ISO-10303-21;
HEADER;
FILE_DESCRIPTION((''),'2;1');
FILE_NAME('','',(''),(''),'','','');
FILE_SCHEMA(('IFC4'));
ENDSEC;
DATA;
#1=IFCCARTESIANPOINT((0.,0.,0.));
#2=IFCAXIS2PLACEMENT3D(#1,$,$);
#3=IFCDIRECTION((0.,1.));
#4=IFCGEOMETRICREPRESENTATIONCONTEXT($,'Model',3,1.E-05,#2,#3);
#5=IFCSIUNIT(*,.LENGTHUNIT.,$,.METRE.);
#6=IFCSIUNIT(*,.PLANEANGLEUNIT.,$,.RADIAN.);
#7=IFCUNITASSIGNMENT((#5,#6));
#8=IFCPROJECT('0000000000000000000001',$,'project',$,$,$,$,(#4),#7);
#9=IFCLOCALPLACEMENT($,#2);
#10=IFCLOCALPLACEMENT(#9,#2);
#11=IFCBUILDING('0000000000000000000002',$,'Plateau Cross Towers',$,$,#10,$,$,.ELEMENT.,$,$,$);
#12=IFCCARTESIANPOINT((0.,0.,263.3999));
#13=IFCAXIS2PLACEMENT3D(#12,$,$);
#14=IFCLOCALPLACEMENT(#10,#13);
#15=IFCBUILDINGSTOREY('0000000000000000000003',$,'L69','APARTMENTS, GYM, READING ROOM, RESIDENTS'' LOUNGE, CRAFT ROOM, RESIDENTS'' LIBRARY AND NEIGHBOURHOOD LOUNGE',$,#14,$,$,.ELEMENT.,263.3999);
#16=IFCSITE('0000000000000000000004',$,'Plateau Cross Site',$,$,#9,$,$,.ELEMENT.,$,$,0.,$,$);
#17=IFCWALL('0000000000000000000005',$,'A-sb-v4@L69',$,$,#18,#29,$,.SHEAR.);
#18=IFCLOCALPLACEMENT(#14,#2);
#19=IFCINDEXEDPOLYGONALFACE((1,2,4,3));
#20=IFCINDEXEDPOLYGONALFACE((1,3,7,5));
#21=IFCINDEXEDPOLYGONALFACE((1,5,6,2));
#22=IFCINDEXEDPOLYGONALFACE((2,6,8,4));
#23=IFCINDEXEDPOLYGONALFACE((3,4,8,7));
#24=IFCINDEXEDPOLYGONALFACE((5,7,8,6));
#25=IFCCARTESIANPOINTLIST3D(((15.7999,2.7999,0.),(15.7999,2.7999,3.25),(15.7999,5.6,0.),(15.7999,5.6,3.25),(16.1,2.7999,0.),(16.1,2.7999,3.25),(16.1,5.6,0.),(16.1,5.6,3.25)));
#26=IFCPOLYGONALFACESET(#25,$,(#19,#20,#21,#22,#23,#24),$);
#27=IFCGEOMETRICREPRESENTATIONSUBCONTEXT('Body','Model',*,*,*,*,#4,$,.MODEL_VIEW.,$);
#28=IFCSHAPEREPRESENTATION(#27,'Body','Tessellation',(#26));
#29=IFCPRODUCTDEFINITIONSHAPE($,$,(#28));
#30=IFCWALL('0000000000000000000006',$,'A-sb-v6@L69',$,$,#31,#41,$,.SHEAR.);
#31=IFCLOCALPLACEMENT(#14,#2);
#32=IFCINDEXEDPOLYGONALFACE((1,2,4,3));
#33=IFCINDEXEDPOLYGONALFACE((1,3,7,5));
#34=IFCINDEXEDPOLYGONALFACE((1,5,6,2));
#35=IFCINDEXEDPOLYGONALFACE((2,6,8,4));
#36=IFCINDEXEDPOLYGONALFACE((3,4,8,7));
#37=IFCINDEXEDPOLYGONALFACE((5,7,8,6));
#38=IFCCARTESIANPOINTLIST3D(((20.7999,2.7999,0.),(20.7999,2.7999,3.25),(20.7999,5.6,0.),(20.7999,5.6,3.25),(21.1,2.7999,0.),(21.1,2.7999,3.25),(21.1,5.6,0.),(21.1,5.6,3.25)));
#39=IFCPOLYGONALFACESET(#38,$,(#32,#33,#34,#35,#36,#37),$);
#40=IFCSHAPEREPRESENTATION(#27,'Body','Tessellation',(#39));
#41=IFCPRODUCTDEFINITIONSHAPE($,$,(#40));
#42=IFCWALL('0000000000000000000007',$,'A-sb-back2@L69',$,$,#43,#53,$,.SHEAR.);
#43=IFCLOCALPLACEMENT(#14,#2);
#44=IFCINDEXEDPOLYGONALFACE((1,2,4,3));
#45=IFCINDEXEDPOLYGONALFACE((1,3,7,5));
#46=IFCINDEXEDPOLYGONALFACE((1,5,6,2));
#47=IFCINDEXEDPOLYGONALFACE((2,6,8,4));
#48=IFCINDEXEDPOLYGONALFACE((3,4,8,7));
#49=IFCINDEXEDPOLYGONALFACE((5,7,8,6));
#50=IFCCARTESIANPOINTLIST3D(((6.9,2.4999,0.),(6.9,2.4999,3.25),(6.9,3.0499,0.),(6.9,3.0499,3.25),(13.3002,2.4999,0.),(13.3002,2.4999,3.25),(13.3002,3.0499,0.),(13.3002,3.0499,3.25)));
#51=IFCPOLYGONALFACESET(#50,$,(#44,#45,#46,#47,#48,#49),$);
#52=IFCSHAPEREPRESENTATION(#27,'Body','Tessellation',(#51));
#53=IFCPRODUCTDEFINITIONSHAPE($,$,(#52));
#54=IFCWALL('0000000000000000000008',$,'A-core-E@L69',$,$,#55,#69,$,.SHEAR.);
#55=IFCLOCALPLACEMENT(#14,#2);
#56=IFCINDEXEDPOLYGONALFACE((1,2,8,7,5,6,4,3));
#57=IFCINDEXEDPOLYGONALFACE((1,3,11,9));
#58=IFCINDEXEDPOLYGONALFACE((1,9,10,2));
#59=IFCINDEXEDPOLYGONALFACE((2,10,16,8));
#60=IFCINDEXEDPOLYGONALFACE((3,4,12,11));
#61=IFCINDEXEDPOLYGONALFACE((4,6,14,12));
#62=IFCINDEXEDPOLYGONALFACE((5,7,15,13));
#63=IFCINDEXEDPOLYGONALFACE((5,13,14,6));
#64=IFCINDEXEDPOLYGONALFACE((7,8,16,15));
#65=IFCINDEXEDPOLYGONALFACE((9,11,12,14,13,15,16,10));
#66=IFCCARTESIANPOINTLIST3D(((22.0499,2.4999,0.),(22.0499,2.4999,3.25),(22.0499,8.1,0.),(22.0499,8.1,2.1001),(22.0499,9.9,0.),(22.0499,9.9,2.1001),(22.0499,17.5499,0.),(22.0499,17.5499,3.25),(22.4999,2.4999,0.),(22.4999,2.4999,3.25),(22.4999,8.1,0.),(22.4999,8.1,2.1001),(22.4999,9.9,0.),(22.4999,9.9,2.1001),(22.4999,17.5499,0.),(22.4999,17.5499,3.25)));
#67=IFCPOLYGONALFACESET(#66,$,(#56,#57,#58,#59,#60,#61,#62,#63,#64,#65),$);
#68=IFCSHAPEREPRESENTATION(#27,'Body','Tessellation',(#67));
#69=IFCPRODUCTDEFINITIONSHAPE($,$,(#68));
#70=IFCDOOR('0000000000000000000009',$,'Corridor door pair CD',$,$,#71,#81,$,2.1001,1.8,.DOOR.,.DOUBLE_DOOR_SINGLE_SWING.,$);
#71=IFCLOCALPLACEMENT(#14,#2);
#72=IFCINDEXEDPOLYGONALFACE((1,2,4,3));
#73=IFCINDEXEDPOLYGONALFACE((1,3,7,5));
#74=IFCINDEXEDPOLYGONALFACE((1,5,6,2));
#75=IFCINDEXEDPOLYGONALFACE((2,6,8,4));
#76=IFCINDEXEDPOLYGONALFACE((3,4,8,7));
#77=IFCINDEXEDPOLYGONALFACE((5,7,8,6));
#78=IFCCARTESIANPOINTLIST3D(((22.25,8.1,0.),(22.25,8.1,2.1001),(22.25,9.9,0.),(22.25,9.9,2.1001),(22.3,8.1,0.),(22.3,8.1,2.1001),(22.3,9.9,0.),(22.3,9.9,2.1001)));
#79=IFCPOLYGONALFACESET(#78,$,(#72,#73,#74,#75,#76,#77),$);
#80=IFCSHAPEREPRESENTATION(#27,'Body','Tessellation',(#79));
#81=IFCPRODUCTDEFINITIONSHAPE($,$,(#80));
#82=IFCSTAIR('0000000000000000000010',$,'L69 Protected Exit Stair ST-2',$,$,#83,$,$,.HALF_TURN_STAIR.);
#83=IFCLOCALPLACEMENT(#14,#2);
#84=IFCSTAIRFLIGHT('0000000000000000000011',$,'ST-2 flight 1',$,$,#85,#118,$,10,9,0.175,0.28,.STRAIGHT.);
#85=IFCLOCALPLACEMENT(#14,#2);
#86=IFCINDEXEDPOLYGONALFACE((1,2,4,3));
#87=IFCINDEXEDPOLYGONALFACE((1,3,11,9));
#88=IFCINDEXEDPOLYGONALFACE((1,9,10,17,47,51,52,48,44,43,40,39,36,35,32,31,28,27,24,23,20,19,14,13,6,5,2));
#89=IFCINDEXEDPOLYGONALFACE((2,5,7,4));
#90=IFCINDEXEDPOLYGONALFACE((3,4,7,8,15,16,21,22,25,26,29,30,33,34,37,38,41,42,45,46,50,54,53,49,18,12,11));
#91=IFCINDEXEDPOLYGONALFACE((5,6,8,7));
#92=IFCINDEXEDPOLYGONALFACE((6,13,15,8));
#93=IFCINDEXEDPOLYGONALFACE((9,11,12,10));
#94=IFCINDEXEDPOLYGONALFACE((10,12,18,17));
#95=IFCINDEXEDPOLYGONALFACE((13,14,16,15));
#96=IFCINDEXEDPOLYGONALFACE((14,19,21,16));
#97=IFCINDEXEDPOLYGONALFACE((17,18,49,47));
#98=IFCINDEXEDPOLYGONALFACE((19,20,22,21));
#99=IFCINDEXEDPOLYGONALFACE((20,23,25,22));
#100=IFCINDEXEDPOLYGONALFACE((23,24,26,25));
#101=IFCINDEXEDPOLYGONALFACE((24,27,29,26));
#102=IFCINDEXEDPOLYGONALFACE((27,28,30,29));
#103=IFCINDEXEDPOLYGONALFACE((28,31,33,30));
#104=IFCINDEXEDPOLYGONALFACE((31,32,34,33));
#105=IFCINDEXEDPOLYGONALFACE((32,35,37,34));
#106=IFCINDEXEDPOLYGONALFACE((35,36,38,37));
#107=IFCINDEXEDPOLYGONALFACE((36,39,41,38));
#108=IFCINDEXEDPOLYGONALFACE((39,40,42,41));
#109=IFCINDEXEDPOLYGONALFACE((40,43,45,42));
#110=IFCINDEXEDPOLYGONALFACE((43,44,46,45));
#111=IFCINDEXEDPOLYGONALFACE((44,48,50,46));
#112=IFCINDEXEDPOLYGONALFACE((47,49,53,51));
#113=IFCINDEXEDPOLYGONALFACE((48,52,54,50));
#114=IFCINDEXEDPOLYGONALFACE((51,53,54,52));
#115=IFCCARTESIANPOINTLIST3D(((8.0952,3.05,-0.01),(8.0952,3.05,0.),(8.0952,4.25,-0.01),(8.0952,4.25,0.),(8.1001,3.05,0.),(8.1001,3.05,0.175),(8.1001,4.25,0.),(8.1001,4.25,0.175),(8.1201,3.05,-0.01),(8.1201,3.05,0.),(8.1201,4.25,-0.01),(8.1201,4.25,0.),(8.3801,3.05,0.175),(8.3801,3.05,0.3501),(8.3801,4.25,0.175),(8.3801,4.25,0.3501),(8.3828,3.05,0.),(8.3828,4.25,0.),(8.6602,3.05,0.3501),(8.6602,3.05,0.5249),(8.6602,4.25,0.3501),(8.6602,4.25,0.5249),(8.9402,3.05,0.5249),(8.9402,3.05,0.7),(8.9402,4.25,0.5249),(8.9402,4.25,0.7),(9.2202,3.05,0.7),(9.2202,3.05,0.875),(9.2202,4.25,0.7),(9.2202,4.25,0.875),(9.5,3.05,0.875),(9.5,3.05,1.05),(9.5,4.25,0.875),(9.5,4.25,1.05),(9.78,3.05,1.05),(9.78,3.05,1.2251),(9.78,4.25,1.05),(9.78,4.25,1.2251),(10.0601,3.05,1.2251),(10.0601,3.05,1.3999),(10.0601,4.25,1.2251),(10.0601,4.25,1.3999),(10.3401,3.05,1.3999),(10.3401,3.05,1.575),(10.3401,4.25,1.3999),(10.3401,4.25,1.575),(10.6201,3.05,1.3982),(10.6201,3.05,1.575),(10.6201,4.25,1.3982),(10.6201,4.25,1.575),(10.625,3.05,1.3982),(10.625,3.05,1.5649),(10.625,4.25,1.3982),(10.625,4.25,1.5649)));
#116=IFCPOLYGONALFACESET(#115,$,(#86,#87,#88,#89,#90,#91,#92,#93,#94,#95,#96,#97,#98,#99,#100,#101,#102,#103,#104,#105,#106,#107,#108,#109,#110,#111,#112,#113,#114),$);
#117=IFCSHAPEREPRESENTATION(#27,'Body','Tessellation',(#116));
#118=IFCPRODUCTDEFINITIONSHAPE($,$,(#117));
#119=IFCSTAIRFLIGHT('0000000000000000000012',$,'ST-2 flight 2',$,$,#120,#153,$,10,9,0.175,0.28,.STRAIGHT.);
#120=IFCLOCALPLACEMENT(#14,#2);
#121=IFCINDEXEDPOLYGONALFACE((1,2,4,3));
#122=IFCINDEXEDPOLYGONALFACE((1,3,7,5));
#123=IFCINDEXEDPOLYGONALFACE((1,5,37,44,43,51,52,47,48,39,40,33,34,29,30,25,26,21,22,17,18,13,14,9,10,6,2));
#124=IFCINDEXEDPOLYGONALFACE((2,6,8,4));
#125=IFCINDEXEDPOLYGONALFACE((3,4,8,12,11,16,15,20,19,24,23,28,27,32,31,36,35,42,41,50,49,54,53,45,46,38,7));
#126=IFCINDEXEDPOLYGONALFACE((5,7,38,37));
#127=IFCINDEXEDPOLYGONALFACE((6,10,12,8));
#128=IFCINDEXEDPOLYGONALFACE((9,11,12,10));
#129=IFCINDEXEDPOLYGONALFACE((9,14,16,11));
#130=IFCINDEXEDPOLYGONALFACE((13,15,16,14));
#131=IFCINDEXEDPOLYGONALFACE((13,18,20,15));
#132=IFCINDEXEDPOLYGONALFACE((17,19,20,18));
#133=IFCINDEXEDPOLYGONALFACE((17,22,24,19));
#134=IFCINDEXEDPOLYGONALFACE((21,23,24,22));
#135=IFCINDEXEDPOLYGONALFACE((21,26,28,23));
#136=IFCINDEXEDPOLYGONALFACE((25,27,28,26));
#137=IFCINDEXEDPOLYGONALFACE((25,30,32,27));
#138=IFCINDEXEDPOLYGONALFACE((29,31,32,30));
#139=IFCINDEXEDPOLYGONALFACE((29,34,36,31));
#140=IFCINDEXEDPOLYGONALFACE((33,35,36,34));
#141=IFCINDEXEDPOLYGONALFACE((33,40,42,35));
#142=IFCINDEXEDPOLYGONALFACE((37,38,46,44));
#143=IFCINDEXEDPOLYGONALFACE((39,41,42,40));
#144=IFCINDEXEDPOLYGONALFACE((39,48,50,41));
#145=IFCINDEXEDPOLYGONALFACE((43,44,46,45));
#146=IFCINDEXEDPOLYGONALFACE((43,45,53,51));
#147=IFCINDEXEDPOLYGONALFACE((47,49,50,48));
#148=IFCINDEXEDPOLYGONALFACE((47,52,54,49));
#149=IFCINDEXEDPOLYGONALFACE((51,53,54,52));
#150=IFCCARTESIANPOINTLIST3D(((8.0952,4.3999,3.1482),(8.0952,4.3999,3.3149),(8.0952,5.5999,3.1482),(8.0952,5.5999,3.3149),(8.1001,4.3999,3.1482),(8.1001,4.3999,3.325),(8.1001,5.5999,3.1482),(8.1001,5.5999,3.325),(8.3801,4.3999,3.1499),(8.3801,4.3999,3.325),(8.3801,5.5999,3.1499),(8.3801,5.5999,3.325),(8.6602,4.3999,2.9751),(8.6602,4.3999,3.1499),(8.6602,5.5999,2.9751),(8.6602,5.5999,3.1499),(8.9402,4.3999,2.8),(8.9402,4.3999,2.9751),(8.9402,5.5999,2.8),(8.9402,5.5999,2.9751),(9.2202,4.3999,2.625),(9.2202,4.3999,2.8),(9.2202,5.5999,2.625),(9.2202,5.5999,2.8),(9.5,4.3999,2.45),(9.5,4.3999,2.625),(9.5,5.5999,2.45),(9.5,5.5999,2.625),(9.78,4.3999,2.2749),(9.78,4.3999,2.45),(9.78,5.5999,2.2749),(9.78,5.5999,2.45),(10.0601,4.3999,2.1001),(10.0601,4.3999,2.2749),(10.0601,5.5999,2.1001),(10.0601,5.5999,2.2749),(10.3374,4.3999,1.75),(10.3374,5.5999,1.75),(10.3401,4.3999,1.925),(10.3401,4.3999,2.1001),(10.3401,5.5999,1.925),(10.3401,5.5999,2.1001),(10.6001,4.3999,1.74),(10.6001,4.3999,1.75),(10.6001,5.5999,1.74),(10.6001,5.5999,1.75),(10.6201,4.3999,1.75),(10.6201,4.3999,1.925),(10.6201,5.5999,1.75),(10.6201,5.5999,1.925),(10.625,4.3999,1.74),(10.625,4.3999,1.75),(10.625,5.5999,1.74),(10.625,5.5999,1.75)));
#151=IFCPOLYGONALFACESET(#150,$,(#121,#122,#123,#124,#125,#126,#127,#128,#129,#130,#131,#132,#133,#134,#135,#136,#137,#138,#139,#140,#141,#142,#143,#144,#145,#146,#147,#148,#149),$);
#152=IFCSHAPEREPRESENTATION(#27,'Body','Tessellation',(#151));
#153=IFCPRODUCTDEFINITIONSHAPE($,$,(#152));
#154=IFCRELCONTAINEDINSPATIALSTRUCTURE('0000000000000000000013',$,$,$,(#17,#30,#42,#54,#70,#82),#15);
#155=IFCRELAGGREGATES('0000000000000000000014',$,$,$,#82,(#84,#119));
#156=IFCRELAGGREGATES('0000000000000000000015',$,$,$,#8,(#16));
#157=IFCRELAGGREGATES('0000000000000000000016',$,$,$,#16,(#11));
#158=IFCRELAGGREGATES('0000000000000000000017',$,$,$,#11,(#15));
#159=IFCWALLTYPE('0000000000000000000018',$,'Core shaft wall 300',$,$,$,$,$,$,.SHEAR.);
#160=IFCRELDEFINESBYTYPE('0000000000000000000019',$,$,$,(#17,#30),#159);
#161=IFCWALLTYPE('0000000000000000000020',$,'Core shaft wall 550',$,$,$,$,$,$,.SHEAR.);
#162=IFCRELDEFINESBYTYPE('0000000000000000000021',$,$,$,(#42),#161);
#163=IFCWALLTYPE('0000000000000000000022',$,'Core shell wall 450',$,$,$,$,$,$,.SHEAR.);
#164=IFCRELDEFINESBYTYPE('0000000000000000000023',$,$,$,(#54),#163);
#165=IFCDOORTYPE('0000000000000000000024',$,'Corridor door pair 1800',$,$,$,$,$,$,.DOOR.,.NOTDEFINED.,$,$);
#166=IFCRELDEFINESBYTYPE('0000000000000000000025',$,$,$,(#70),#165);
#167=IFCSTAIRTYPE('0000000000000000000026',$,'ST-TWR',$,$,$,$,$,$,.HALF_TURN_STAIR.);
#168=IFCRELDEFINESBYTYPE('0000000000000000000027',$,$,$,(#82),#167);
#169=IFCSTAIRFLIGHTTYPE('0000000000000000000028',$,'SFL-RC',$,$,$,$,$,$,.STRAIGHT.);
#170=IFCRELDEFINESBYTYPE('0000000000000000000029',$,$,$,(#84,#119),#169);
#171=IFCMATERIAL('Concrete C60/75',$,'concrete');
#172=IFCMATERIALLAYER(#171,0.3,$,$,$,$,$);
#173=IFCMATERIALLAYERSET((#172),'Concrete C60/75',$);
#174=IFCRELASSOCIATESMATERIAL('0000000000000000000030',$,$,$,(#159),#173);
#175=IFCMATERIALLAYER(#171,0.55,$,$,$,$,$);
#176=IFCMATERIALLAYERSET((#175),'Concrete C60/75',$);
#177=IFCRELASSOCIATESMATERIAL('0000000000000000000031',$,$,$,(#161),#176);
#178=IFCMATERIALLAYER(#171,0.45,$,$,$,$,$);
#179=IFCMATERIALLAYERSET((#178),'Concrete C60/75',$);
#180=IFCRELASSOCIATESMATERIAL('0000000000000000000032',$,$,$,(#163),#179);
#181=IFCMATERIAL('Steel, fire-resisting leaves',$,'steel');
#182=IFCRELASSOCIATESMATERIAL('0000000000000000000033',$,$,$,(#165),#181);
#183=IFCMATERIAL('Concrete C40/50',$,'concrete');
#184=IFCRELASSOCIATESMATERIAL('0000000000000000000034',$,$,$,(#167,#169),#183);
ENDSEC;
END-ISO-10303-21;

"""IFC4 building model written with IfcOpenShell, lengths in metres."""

from ifc_helpers import new_model, si_unit, direction, frame, frame_2d, origin, place, context, subcontext, project, spatial, polyline, rectangle, outline, extrude, material, layer, layer_set, type_object, element, fill, aggregate, save


model = new_model("IFC4")

# Units and contexts
model_context = context("Model", 3, precision=1e-05, world=origin(), true_north=direction((0.0, 1.0)))
body_context = subcontext(model_context, "Body", "Model", "MODEL_VIEW")
ifc_project = project(units=[si_unit("LENGTHUNIT", "METRE"), si_unit("PLANEANGLEUNIT", "RADIAN")], contexts=[model_context])

# Site, building, storey
site_placement = place(None, origin())
site = spatial("IfcSite", under=ifc_project, at=site_placement, Name="Plateau Cross Site", CompositionType="ELEMENT", RefElevation=0.0)
building_placement = place(site_placement, origin())
building = spatial("IfcBuilding", under=site, at=building_placement, Name="Plateau Cross Towers", CompositionType="ELEMENT")
storey_placement = place(building_placement, frame((0.0, 0.0, 263.3999)))
storey = spatial("IfcBuildingStorey", under=building, at=storey_placement, Name="L69", Description="APARTMENTS, GYM, READING ROOM, RESIDENTS' LOUNGE, CRAFT ROOM, RESIDENTS' LIBRARY AND NEIGHBOURHOOD LOUNGE", CompositionType="ELEMENT", Elevation=263.3999)

# Shared definitions
ifc_material_1 = material(Name="Concrete C60/75", Category="concrete")

# Walls
ifc_layer_1 = layer(ifc_material_1, 0.3)
ifc_layer_set_1 = layer_set([ifc_layer_1], Name="Concrete C60/75")
wall_type_1 = type_object("IfcWallType", Name="Core shaft wall 300", PredefinedType="SHEAR", material=ifc_layer_set_1)
for number, where, z_axis, x_axis, name in (
    (1, (15.95, 2.8, 0.0), (0.0, 0.0, 1.0), (0.0, 1.0, 0.0), "A-sb-v4@L69"),
    (2, (20.95, 2.8, 0.0), (0.0, 0.0, 1.0), (0.0, 1.0, 0.0), "A-sb-v6@L69"),
):
    element("IfcWall", number, at=place(storey_placement, frame(where, z_axis=z_axis, x_axis=x_axis)), inside=storey, type_object=wall_type_1, Name=name, PredefinedType="SHEAR", context=body_context, shape_type="SweptSolid", body=[
        extrude(rectangle(XDim=2.8, YDim=0.3, at=frame_2d((1.3999, 0.0))), origin(), (0.0, 0.0, 1.0), 3.25),
    ])
ifc_layer_2 = layer(ifc_material_1, 0.55)
ifc_layer_set_2 = layer_set([ifc_layer_2], Name="Concrete C60/75")
wall_type_2 = type_object("IfcWallType", Name="Core shaft wall 550", PredefinedType="SHEAR", material=ifc_layer_set_2)
wall_1_placement = place(storey_placement, frame((6.8999, 2.7749, 0.0), z_axis=(0.0, 0.0, 1.0), x_axis=(1.0, 0.0, 0.0)))
element("IfcWall", 3, at=wall_1_placement, inside=storey, type_object=wall_type_2, Name="A-sb-back2@L69", PredefinedType="SHEAR", context=body_context, shape_type="SweptSolid", body=[
    extrude(rectangle(XDim=6.4001, YDim=0.55, at=frame_2d((3.2002, 0.0))), origin(), (0.0, 0.0, 1.0), 3.25),
])

# Wall, opening, door
ifc_layer_3 = layer(ifc_material_1, 0.45)
ifc_layer_set_3 = layer_set([ifc_layer_3], Name="Concrete C60/75")
wall_type_3 = type_object("IfcWallType", Name="Core shell wall 450", PredefinedType="SHEAR", material=ifc_layer_set_3)
wall_2_placement = place(storey_placement, frame((22.2749, 2.5, 0.0), z_axis=(0.0, 0.0, 1.0), x_axis=(0.0, 1.0, 0.0)))
wall_2 = element("IfcWall", 4, at=wall_2_placement, inside=storey, type_object=wall_type_3, Name="A-core-E@L69", PredefinedType="SHEAR", context=body_context, shape_type="SweptSolid", body=[
    extrude(rectangle(XDim=15.05, YDim=0.45, at=frame_2d((7.5249, 0.0))), origin(), (0.0, 0.0, 1.0), 3.25),
])
opening_placement = place(wall_2_placement, frame((5.6001, 0.0, 0.0)))
opening = element("IfcOpeningElement", 5, at=opening_placement, cuts=wall_2, PredefinedType="OPENING", context=body_context, shape_type="SweptSolid", body=[
    extrude(rectangle(XDim=1.8, YDim=2.1001, at=frame_2d((0.8999, 1.05))), frame((0.0, 0.2349, 0.0), z_axis=(0.0, -1.0, 0.0), x_axis=(1.0, 0.0, 0.0)), (0.0, 0.0, 1.0), 0.47),
])
ifc_material_2 = material(Name="Steel, fire-resisting leaves", Category="steel")
door_type = type_object("IfcDoorType", Name="Corridor door pair 1800", OperationType="NOTDEFINED", PredefinedType="DOOR", material=ifc_material_2)
door_placement = place(opening_placement, origin())
door = element("IfcDoor", 6, at=door_placement, inside=storey, type_object=door_type, Name="Corridor door pair CD", OperationType="DOUBLE_DOOR_SINGLE_SWING", OverallHeight=2.1001, OverallWidth=1.8, PredefinedType="DOOR", context=body_context, shape_type="SweptSolid", body=[
    extrude(rectangle(XDim=1.8, YDim=2.1001, at=frame_2d((0.8999, 1.05))), frame((0.0, 0.0249, 0.0), z_axis=(0.0, -1.0, 0.0), x_axis=(1.0, 0.0, 0.0)), (0.0, 0.0, 1.0), 0.05),
])
fill(opening, door)

# Stair, stair flights
ifc_material_3 = material(Name="Concrete C40/50", Category="concrete")
stair_type = type_object("IfcStairType", Name="ST-TWR", PredefinedType="HALF_TURN_STAIR", material=ifc_material_3)
stair_placement = place(storey_placement, origin())
stair = element("IfcStair", 7, at=stair_placement, inside=storey, type_object=stair_type, Name="L69 Protected Exit Stair ST-2", PredefinedType="HALF_TURN_STAIR")
stair_flight_type = type_object("IfcStairFlightType", Name="SFL-RC", PredefinedType="STRAIGHT", material=ifc_material_3)
stair_flight_1_placement = place(storey_placement, frame((8.1001, 3.6499, 0.0), z_axis=(0.0, 0.0, 1.0), x_axis=(1.0, 0.0, 0.0)))
stair_flight_1 = element("IfcStairFlight", 8, at=stair_flight_1_placement, type_object=stair_flight_type, Name="ST-2 flight 1", NumberOfRisers=10, NumberOfTreads=9, PredefinedType="STRAIGHT", RiserHeight=0.175, TreadLength=0.28, context=body_context, shape_type="SweptSolid", body=[
    extrude(outline(polyline([(-0.0049, -0.01), (-0.0049, 0.0), (0.0, 0.0), (0.0, 0.175), (0.28, 0.175), (0.28, 0.3501), (0.5601, 0.3501), (0.5601, 0.5249), (0.8401, 0.5249), (0.8401, 0.7), (1.1201, 0.7), (1.1201, 0.875), (1.3999, 0.875), (1.3999, 1.05), (1.6799, 1.05), (1.6799, 1.2251), (1.96, 1.2251), (1.96, 1.3999), (2.24, 1.3999), (2.24, 1.575), (2.52, 1.575), (2.5249, 1.5649), (2.5249, 1.3982), (2.52, 1.3982), (0.2827, 0.0), (0.02, 0.0), (0.02, -0.01), (-0.0049, -0.01)])), frame((0.0, 0.6001, 0.0), z_axis=(0.0, -1.0, 0.0), x_axis=(1.0, 0.0, 0.0)), (0.0, 0.0, 1.0), 1.2),
])
stair_flight_2_placement = place(storey_placement, frame((10.6201, 5.0, 1.75), z_axis=(0.0, 0.0, 1.0), x_axis=(-1.0, 0.0, 0.0)))
stair_flight_2 = element("IfcStairFlight", 9, at=stair_flight_2_placement, type_object=stair_flight_type, Name="ST-2 flight 2", NumberOfRisers=10, NumberOfTreads=9, PredefinedType="STRAIGHT", RiserHeight=0.175, TreadLength=0.28, context=body_context, shape_type="SweptSolid", body=[
    extrude(outline(polyline([(-0.0049, -0.01), (-0.0049, 0.0), (0.0, 0.0), (0.0, 0.175), (0.28, 0.175), (0.28, 0.3501), (0.5601, 0.3501), (0.5601, 0.5249), (0.8401, 0.5249), (0.8401, 0.7), (1.1201, 0.7), (1.1201, 0.875), (1.3999, 0.875), (1.3999, 1.05), (1.6799, 1.05), (1.6799, 1.2251), (1.96, 1.2251), (1.96, 1.3999), (2.24, 1.3999), (2.24, 1.575), (2.52, 1.575), (2.5249, 1.5649), (2.5249, 1.3982), (2.52, 1.3982), (0.2827, 0.0), (0.02, 0.0), (0.02, -0.01), (-0.0049, -0.01)])), frame((0.0, 0.6001, 0.0), z_axis=(0.0, -1.0, 0.0), x_axis=(1.0, 0.0, 0.0)), (0.0, 0.0, 1.0), 1.2),
])
aggregate(stair, [stair_flight_1, stair_flight_2])

save(model, "model.ifc")
